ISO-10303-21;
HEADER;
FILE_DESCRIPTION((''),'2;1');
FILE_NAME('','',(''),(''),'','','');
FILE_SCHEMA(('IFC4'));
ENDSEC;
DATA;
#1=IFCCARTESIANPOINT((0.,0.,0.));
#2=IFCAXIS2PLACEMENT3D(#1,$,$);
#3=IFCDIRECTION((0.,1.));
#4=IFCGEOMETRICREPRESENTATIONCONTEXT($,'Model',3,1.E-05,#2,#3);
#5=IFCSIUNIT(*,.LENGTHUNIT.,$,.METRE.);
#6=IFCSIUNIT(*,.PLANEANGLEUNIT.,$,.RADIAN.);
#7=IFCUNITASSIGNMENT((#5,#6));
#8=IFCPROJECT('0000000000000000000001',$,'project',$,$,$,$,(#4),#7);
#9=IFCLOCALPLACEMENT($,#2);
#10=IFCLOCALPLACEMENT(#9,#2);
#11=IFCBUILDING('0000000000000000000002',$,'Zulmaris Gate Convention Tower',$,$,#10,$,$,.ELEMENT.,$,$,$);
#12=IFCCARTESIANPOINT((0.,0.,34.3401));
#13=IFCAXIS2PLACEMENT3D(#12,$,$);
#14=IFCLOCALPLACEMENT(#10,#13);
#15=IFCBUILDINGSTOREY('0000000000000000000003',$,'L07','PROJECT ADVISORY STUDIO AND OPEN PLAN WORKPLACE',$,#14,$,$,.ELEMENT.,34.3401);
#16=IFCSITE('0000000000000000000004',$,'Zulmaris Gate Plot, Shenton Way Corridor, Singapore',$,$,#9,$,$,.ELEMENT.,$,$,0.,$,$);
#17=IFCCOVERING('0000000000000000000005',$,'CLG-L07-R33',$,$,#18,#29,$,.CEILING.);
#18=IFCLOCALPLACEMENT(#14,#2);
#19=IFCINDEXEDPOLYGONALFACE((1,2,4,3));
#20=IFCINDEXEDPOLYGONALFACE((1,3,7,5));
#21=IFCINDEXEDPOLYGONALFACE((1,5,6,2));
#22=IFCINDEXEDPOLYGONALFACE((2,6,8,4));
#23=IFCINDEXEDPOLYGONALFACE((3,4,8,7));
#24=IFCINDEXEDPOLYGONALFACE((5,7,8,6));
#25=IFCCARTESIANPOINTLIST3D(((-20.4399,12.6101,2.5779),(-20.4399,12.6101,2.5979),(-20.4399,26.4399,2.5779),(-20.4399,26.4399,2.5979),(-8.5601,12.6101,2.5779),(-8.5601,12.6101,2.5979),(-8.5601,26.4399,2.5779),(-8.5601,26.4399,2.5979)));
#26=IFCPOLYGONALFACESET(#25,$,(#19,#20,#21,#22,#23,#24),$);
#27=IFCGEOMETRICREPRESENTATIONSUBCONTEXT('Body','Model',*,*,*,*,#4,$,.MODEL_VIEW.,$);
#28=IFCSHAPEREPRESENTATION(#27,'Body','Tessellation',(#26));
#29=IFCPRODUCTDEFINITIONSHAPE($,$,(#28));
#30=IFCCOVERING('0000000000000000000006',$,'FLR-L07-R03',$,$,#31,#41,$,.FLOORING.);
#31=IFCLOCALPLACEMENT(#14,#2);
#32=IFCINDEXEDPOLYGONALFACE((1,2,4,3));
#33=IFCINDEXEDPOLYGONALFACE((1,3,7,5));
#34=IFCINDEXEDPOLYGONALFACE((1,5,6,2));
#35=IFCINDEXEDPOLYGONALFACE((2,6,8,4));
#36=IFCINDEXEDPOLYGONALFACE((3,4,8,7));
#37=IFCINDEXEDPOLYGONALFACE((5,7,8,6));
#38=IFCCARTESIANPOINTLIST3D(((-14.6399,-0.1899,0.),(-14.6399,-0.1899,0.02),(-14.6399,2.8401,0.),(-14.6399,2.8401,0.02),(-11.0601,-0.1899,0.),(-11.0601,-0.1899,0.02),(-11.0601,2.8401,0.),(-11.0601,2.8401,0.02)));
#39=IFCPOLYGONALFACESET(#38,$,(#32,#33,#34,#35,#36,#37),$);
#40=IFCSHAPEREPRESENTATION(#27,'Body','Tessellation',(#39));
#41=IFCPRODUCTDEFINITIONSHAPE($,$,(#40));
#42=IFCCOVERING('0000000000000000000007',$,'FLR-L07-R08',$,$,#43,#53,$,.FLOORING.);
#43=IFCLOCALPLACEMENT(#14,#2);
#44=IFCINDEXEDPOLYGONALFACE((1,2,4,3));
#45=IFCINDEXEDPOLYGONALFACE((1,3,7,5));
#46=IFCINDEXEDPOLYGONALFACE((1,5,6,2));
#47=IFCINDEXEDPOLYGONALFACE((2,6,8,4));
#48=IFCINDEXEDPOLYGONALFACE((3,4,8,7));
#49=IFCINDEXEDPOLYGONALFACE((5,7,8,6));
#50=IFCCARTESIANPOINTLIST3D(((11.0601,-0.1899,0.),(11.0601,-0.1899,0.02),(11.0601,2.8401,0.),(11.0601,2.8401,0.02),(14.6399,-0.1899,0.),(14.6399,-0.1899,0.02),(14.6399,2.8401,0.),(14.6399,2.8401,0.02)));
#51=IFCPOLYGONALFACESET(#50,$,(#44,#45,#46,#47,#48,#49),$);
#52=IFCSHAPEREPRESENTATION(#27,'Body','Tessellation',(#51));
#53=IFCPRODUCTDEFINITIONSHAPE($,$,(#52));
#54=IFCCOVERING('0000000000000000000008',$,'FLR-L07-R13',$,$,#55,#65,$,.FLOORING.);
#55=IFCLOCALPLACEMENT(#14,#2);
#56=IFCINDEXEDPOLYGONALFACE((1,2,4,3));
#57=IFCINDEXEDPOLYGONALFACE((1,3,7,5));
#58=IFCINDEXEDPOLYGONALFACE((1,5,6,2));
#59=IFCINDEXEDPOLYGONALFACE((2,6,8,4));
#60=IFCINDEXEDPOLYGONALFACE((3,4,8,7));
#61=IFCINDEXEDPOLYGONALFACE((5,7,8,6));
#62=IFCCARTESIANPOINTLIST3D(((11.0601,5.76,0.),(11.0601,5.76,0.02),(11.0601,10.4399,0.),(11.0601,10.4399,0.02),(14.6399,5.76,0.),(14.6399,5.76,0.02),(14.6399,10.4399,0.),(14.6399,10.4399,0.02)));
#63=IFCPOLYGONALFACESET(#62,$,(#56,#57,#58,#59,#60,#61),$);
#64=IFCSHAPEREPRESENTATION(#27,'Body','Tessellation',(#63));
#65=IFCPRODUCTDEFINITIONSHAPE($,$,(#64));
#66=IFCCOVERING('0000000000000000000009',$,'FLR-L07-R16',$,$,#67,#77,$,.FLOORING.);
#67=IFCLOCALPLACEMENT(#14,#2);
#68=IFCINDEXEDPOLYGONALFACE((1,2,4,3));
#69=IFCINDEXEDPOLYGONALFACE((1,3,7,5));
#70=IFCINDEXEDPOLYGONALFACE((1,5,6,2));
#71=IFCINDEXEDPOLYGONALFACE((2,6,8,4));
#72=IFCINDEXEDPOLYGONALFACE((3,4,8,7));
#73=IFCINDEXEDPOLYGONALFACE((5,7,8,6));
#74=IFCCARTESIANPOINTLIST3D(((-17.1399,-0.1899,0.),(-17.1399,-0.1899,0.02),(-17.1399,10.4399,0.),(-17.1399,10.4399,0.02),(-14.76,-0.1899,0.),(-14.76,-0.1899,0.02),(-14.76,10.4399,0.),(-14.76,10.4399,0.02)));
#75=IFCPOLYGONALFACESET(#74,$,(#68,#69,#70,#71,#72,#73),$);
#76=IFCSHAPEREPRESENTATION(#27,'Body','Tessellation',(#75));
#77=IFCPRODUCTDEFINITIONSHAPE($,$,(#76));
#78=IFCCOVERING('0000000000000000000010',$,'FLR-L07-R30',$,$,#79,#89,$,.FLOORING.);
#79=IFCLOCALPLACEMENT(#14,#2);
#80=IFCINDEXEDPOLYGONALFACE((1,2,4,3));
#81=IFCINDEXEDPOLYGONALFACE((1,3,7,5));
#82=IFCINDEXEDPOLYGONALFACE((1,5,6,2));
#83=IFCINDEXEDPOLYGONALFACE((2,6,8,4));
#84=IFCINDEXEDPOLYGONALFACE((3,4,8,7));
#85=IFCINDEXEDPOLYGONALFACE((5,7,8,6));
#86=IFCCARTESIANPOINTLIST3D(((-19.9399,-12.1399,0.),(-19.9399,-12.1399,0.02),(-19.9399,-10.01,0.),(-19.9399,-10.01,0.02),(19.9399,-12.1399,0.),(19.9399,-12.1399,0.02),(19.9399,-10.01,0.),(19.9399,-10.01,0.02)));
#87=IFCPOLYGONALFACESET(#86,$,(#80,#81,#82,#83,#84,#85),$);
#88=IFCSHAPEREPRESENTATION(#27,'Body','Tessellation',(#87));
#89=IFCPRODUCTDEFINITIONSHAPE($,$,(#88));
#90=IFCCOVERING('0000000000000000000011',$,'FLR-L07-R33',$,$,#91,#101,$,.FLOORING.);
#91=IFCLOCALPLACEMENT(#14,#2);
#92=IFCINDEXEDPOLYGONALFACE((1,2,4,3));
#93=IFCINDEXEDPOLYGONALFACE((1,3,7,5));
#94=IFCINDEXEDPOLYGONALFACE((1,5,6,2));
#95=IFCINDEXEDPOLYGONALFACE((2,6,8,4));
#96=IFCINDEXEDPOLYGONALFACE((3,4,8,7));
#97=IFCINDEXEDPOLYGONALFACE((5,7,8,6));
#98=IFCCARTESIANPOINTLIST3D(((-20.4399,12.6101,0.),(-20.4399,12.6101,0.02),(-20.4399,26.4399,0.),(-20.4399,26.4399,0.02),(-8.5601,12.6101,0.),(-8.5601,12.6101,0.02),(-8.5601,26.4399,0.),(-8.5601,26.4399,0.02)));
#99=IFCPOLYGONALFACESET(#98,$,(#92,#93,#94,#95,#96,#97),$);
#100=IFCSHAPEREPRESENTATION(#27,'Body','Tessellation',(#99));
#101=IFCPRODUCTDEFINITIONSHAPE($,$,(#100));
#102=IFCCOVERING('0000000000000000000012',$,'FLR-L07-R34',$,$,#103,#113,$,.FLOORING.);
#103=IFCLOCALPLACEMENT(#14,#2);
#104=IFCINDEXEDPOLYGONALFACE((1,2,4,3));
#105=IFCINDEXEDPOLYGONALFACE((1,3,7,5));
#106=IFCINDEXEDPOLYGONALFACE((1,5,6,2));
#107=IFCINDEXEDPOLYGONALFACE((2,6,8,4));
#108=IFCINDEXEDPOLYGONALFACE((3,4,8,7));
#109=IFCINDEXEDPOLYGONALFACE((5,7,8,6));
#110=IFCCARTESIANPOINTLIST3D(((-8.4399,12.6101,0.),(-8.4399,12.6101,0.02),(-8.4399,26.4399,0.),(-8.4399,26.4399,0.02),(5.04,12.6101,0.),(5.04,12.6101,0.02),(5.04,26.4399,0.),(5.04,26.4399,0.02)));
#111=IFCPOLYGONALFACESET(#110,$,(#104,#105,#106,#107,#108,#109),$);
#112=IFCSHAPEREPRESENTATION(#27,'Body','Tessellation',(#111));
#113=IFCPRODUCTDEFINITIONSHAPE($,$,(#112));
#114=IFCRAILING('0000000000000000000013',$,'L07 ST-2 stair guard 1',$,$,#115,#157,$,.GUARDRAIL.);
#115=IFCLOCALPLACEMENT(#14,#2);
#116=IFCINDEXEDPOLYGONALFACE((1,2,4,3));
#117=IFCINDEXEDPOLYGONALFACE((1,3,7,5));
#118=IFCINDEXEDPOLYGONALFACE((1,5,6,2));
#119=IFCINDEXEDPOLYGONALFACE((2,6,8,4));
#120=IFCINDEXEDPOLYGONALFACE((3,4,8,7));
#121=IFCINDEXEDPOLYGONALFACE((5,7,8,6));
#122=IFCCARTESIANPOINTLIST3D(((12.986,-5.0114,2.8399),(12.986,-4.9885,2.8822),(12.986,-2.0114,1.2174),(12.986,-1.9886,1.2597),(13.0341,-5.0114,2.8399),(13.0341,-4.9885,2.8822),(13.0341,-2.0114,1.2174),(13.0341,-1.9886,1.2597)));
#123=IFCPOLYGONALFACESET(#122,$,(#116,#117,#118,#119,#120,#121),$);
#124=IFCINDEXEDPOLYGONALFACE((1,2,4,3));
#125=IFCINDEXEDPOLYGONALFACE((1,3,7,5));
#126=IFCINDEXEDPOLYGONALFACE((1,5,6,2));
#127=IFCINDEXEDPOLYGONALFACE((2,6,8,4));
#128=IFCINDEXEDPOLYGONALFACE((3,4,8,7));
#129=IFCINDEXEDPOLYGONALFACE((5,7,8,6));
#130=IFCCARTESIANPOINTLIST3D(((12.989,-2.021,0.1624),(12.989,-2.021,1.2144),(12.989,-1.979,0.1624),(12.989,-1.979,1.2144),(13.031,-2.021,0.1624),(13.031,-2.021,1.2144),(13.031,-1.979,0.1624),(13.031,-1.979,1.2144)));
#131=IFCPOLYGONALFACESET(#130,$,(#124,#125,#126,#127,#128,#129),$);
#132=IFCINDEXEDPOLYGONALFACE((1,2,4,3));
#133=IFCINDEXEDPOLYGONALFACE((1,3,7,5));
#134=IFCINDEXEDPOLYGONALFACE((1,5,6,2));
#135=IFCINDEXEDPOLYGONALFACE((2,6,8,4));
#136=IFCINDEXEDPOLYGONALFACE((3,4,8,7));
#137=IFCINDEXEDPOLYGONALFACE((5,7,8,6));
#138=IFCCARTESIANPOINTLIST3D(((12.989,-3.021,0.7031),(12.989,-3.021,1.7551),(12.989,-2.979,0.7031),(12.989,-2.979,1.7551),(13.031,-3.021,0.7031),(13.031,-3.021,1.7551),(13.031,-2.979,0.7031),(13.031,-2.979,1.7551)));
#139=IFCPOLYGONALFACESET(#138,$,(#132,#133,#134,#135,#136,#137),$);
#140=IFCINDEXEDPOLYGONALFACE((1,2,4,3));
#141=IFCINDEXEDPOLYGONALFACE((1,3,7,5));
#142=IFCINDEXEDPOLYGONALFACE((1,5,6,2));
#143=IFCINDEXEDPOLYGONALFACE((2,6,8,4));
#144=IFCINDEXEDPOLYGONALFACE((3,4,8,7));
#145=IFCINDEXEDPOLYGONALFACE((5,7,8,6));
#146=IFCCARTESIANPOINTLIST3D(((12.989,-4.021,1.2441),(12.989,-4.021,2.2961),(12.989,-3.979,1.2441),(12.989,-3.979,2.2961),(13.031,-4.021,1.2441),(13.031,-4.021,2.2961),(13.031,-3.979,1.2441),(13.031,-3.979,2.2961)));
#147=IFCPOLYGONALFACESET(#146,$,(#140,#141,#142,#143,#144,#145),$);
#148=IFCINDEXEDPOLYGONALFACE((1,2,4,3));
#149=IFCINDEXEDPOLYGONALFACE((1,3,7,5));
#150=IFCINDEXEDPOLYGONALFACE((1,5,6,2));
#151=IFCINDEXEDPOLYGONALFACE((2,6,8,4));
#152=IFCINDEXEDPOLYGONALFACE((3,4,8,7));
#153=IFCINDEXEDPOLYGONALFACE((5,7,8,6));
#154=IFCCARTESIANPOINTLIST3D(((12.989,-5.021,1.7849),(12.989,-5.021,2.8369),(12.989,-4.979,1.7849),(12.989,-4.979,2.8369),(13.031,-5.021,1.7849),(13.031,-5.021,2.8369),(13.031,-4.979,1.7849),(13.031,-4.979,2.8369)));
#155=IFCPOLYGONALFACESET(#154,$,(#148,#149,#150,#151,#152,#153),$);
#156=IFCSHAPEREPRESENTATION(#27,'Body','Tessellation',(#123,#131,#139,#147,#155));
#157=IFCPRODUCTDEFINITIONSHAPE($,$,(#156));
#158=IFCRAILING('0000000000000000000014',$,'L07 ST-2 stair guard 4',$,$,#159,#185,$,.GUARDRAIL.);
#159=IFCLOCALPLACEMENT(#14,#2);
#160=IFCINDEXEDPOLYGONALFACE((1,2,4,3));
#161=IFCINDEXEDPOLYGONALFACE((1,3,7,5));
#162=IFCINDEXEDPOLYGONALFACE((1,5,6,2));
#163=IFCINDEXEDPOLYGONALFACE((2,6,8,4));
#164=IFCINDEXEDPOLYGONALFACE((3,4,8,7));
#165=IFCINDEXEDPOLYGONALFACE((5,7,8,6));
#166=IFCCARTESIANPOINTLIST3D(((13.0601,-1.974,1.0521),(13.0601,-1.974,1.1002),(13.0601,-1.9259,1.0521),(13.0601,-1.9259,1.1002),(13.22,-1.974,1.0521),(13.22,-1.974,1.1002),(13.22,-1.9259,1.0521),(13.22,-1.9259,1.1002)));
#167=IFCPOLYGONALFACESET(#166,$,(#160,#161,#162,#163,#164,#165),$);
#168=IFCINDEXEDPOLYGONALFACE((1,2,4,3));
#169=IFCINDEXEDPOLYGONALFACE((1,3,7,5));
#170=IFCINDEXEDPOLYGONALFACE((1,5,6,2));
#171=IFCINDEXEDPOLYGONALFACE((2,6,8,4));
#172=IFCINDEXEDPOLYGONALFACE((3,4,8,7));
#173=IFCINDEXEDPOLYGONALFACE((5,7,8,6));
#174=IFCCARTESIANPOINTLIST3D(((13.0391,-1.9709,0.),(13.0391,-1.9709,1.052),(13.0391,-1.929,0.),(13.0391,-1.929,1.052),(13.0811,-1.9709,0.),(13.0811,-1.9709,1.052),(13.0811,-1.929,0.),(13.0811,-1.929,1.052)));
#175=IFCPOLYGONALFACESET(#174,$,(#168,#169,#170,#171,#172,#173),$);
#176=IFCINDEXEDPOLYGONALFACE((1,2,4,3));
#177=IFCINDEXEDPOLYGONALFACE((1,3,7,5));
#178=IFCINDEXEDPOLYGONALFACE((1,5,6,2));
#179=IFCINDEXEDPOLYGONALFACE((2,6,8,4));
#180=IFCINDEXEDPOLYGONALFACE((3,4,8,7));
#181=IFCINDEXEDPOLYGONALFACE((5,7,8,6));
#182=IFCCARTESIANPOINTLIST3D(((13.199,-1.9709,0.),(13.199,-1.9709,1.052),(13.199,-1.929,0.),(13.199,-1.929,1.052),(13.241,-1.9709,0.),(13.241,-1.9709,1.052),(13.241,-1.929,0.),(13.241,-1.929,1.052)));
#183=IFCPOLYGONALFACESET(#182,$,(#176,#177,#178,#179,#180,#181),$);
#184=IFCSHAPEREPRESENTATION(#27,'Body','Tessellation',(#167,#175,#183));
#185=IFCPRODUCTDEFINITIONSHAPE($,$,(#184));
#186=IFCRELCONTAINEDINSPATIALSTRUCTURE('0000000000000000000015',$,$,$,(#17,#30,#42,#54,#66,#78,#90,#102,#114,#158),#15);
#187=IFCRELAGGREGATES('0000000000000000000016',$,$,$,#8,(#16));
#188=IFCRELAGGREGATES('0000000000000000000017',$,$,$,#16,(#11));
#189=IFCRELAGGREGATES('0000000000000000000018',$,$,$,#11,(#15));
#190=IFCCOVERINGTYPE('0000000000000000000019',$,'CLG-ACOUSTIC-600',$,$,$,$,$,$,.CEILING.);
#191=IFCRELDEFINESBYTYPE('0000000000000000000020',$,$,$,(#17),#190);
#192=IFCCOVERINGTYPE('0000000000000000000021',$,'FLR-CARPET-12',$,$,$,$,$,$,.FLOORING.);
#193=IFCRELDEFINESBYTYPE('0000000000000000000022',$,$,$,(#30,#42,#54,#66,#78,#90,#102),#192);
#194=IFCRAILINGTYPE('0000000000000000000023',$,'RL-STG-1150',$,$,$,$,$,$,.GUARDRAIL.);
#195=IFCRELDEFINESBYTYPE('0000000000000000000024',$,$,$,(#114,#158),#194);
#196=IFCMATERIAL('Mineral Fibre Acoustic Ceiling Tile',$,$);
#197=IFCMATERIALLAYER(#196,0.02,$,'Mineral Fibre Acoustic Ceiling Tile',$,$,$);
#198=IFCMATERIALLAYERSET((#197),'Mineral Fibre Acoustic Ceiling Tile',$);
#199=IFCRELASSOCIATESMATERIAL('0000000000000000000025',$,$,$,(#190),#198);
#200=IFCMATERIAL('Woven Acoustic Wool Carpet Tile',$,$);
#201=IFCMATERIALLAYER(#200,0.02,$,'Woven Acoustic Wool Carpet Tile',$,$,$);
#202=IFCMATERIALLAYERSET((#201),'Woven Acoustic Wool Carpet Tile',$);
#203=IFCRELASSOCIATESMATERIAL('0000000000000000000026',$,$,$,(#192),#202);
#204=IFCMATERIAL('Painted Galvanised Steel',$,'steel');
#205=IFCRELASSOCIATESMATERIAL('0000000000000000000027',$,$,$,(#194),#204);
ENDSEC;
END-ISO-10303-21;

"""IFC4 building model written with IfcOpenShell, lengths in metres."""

from ifc_helpers import new_model, si_unit, direction, frame, origin, origin_2d, place, context, subcontext, project, spatial, polyline, rectangle, outline, extrude, material, layer, layer_set, type_object, element, save


model = new_model("IFC4")

# Units and contexts
model_context = context("Model", 3, precision=1e-05, world=origin(), true_north=direction((0.0, 1.0)))
body_context = subcontext(model_context, "Body", "Model", "MODEL_VIEW")
ifc_project = project(units=[si_unit("LENGTHUNIT", "METRE"), si_unit("PLANEANGLEUNIT", "RADIAN")], contexts=[model_context])

# Site, building, storey
site_placement = place(None, origin())
site = spatial("IfcSite", under=ifc_project, at=site_placement, Name="Zulmaris Gate Plot, Shenton Way Corridor, Singapore", CompositionType="ELEMENT", RefElevation=0.0)
building_placement = place(site_placement, origin())
building = spatial("IfcBuilding", under=site, at=building_placement, Name="Zulmaris Gate Convention Tower", CompositionType="ELEMENT")
storey_placement = place(building_placement, frame((0.0, 0.0, 34.3401)))
storey = spatial("IfcBuildingStorey", under=building, at=storey_placement, Name="L07", Description="PROJECT ADVISORY STUDIO AND OPEN PLAN WORKPLACE", CompositionType="ELEMENT", Elevation=34.3401)

# Coverings
ifc_material_1 = material(Name="Mineral Fibre Acoustic Ceiling Tile")
ifc_layer_1 = layer(ifc_material_1, 0.02, Name="Mineral Fibre Acoustic Ceiling Tile")
ifc_layer_set_1 = layer_set([ifc_layer_1], Name="Mineral Fibre Acoustic Ceiling Tile")
covering_type_1 = type_object("IfcCoveringType", Name="CLG-ACOUSTIC-600", PredefinedType="CEILING", material=ifc_layer_set_1)
covering_1_placement = place(storey_placement, frame((0.0, 0.0, 2.5779)))
element("IfcCovering", 1, at=covering_1_placement, inside=storey, type_object=covering_type_1, Name="CLG-L07-R33", PredefinedType="CEILING", context=body_context, shape_type="SweptSolid", body=[
    extrude(outline(polyline([(-20.4399, 12.6101), (-8.5601, 12.6101), (-8.5601, 26.4399), (-20.4399, 26.4399), (-20.4399, 12.6101)])), origin(), (0.0, 0.0, 1.0), 0.02),
])
ifc_material_2 = material(Name="Woven Acoustic Wool Carpet Tile")
ifc_layer_2 = layer(ifc_material_2, 0.02, Name="Woven Acoustic Wool Carpet Tile")
ifc_layer_set_2 = layer_set([ifc_layer_2], Name="Woven Acoustic Wool Carpet Tile")
covering_type_2 = type_object("IfcCoveringType", Name="FLR-CARPET-12", PredefinedType="FLOORING", material=ifc_layer_set_2)
covering_2_placement = place(storey_placement, origin())
element("IfcCovering", 2, at=covering_2_placement, inside=storey, type_object=covering_type_2, Name="FLR-L07-R03", PredefinedType="FLOORING", context=body_context, shape_type="SweptSolid", body=[
    extrude(outline(polyline([(-14.6399, -0.1899), (-11.0601, -0.1899), (-11.0601, 2.8401), (-14.6399, 2.8401), (-14.6399, -0.1899)])), origin(), (0.0, 0.0, 1.0), 0.02),
])
covering_3_placement = place(storey_placement, origin())
element("IfcCovering", 3, at=covering_3_placement, inside=storey, type_object=covering_type_2, Name="FLR-L07-R08", PredefinedType="FLOORING", context=body_context, shape_type="SweptSolid", body=[
    extrude(outline(polyline([(11.0601, -0.1899), (14.6399, -0.1899), (14.6399, 2.8401), (11.0601, 2.8401), (11.0601, -0.1899)])), origin(), (0.0, 0.0, 1.0), 0.02),
])
covering_4_placement = place(storey_placement, origin())
element("IfcCovering", 4, at=covering_4_placement, inside=storey, type_object=covering_type_2, Name="FLR-L07-R13", PredefinedType="FLOORING", context=body_context, shape_type="SweptSolid", body=[
    extrude(outline(polyline([(11.0601, 5.76), (14.6399, 5.76), (14.6399, 10.4399), (11.0601, 10.4399), (11.0601, 5.76)])), origin(), (0.0, 0.0, 1.0), 0.02),
])
covering_5_placement = place(storey_placement, origin())
element("IfcCovering", 5, at=covering_5_placement, inside=storey, type_object=covering_type_2, Name="FLR-L07-R16", PredefinedType="FLOORING", context=body_context, shape_type="SweptSolid", body=[
    extrude(outline(polyline([(-17.1399, -0.1899), (-14.76, -0.1899), (-14.76, 10.4399), (-17.1399, 10.4399), (-17.1399, -0.1899)])), origin(), (0.0, 0.0, 1.0), 0.02),
])
covering_6_placement = place(storey_placement, origin())
element("IfcCovering", 6, at=covering_6_placement, inside=storey, type_object=covering_type_2, Name="FLR-L07-R30", PredefinedType="FLOORING", context=body_context, shape_type="SweptSolid", body=[
    extrude(outline(polyline([(-19.9399, -12.1399), (19.9399, -12.1399), (19.9399, -10.01), (-19.9399, -10.01), (-19.9399, -12.1399)])), origin(), (0.0, 0.0, 1.0), 0.02),
])
covering_7_placement = place(storey_placement, origin())
element("IfcCovering", 7, at=covering_7_placement, inside=storey, type_object=covering_type_2, Name="FLR-L07-R33", PredefinedType="FLOORING", context=body_context, shape_type="SweptSolid", body=[
    extrude(outline(polyline([(-20.4399, 12.6101), (-8.5601, 12.6101), (-8.5601, 26.4399), (-20.4399, 26.4399), (-20.4399, 12.6101)])), origin(), (0.0, 0.0, 1.0), 0.02),
])
covering_8_placement = place(storey_placement, origin())
element("IfcCovering", 8, at=covering_8_placement, inside=storey, type_object=covering_type_2, Name="FLR-L07-R34", PredefinedType="FLOORING", context=body_context, shape_type="SweptSolid", body=[
    extrude(outline(polyline([(-8.4399, 12.6101), (5.04, 12.6101), (5.04, 26.4399), (-8.4399, 26.4399), (-8.4399, 12.6101)])), origin(), (0.0, 0.0, 1.0), 0.02),
])

# Railings
ifc_material_3 = material(Name="Painted Galvanised Steel", Category="steel")
railing_type_1 = type_object("IfcRailingType", Name="RL-STG-1150", PredefinedType="GUARDRAIL", material=ifc_material_3)
railing_1_placement = place(storey_placement, frame((13.01, -2.0, 0.1624)))
element("IfcRailing", 9, at=railing_1_placement, inside=storey, type_object=railing_type_1, Name="L07 ST-2 stair guard 1", PredefinedType="GUARDRAIL", context=body_context, shape_type="SweptSolid", body=[
    extrude(rectangle(XDim=0.0481, YDim=0.0481, at=origin_2d()), frame((0.0, 0.0, 1.0762), z_axis=(0.0, -0.879592, 0.47573), x_axis=(1.0, 0.0, 0.0)), (0.0, 0.0, 1.0), 3.4106),
    extrude(rectangle(XDim=0.042, YDim=0.042, at=origin_2d()), origin(), (0.0, 0.0, 1.0), 1.052),
    extrude(rectangle(XDim=0.042, YDim=0.042, at=origin_2d()), frame((0.0, -1.0, 0.5408)), (0.0, 0.0, 1.0), 1.052),
    extrude(rectangle(XDim=0.042, YDim=0.042, at=origin_2d()), frame((0.0, -2.0, 1.0818)), (0.0, 0.0, 1.0), 1.052),
    extrude(rectangle(XDim=0.042, YDim=0.042, at=origin_2d()), frame((0.0, -3.0, 1.6226)), (0.0, 0.0, 1.0), 1.052),
])
railing_2_placement = place(storey_placement, frame((13.0601, -1.95, 0.0)))
element("IfcRailing", 10, at=railing_2_placement, inside=storey, type_object=railing_type_1, Name="L07 ST-2 stair guard 4", PredefinedType="GUARDRAIL", context=body_context, shape_type="SweptSolid", body=[
    extrude(rectangle(XDim=0.0481, YDim=0.0481, at=origin_2d()), frame((0.0, 0.0, 1.0762), z_axis=(1.0, 0.0, 0.0), x_axis=(0.0, 1.0, 0.0)), (0.0, 0.0, 1.0), 0.1599),
    extrude(rectangle(XDim=0.042, YDim=0.042, at=origin_2d()), origin(), (0.0, 0.0, 1.0), 1.052),
    extrude(rectangle(XDim=0.042, YDim=0.042, at=origin_2d()), frame((0.1599, 0.0, 0.0)), (0.0, 0.0, 1.0), 1.052),
])

save(model, "model.ifc")
